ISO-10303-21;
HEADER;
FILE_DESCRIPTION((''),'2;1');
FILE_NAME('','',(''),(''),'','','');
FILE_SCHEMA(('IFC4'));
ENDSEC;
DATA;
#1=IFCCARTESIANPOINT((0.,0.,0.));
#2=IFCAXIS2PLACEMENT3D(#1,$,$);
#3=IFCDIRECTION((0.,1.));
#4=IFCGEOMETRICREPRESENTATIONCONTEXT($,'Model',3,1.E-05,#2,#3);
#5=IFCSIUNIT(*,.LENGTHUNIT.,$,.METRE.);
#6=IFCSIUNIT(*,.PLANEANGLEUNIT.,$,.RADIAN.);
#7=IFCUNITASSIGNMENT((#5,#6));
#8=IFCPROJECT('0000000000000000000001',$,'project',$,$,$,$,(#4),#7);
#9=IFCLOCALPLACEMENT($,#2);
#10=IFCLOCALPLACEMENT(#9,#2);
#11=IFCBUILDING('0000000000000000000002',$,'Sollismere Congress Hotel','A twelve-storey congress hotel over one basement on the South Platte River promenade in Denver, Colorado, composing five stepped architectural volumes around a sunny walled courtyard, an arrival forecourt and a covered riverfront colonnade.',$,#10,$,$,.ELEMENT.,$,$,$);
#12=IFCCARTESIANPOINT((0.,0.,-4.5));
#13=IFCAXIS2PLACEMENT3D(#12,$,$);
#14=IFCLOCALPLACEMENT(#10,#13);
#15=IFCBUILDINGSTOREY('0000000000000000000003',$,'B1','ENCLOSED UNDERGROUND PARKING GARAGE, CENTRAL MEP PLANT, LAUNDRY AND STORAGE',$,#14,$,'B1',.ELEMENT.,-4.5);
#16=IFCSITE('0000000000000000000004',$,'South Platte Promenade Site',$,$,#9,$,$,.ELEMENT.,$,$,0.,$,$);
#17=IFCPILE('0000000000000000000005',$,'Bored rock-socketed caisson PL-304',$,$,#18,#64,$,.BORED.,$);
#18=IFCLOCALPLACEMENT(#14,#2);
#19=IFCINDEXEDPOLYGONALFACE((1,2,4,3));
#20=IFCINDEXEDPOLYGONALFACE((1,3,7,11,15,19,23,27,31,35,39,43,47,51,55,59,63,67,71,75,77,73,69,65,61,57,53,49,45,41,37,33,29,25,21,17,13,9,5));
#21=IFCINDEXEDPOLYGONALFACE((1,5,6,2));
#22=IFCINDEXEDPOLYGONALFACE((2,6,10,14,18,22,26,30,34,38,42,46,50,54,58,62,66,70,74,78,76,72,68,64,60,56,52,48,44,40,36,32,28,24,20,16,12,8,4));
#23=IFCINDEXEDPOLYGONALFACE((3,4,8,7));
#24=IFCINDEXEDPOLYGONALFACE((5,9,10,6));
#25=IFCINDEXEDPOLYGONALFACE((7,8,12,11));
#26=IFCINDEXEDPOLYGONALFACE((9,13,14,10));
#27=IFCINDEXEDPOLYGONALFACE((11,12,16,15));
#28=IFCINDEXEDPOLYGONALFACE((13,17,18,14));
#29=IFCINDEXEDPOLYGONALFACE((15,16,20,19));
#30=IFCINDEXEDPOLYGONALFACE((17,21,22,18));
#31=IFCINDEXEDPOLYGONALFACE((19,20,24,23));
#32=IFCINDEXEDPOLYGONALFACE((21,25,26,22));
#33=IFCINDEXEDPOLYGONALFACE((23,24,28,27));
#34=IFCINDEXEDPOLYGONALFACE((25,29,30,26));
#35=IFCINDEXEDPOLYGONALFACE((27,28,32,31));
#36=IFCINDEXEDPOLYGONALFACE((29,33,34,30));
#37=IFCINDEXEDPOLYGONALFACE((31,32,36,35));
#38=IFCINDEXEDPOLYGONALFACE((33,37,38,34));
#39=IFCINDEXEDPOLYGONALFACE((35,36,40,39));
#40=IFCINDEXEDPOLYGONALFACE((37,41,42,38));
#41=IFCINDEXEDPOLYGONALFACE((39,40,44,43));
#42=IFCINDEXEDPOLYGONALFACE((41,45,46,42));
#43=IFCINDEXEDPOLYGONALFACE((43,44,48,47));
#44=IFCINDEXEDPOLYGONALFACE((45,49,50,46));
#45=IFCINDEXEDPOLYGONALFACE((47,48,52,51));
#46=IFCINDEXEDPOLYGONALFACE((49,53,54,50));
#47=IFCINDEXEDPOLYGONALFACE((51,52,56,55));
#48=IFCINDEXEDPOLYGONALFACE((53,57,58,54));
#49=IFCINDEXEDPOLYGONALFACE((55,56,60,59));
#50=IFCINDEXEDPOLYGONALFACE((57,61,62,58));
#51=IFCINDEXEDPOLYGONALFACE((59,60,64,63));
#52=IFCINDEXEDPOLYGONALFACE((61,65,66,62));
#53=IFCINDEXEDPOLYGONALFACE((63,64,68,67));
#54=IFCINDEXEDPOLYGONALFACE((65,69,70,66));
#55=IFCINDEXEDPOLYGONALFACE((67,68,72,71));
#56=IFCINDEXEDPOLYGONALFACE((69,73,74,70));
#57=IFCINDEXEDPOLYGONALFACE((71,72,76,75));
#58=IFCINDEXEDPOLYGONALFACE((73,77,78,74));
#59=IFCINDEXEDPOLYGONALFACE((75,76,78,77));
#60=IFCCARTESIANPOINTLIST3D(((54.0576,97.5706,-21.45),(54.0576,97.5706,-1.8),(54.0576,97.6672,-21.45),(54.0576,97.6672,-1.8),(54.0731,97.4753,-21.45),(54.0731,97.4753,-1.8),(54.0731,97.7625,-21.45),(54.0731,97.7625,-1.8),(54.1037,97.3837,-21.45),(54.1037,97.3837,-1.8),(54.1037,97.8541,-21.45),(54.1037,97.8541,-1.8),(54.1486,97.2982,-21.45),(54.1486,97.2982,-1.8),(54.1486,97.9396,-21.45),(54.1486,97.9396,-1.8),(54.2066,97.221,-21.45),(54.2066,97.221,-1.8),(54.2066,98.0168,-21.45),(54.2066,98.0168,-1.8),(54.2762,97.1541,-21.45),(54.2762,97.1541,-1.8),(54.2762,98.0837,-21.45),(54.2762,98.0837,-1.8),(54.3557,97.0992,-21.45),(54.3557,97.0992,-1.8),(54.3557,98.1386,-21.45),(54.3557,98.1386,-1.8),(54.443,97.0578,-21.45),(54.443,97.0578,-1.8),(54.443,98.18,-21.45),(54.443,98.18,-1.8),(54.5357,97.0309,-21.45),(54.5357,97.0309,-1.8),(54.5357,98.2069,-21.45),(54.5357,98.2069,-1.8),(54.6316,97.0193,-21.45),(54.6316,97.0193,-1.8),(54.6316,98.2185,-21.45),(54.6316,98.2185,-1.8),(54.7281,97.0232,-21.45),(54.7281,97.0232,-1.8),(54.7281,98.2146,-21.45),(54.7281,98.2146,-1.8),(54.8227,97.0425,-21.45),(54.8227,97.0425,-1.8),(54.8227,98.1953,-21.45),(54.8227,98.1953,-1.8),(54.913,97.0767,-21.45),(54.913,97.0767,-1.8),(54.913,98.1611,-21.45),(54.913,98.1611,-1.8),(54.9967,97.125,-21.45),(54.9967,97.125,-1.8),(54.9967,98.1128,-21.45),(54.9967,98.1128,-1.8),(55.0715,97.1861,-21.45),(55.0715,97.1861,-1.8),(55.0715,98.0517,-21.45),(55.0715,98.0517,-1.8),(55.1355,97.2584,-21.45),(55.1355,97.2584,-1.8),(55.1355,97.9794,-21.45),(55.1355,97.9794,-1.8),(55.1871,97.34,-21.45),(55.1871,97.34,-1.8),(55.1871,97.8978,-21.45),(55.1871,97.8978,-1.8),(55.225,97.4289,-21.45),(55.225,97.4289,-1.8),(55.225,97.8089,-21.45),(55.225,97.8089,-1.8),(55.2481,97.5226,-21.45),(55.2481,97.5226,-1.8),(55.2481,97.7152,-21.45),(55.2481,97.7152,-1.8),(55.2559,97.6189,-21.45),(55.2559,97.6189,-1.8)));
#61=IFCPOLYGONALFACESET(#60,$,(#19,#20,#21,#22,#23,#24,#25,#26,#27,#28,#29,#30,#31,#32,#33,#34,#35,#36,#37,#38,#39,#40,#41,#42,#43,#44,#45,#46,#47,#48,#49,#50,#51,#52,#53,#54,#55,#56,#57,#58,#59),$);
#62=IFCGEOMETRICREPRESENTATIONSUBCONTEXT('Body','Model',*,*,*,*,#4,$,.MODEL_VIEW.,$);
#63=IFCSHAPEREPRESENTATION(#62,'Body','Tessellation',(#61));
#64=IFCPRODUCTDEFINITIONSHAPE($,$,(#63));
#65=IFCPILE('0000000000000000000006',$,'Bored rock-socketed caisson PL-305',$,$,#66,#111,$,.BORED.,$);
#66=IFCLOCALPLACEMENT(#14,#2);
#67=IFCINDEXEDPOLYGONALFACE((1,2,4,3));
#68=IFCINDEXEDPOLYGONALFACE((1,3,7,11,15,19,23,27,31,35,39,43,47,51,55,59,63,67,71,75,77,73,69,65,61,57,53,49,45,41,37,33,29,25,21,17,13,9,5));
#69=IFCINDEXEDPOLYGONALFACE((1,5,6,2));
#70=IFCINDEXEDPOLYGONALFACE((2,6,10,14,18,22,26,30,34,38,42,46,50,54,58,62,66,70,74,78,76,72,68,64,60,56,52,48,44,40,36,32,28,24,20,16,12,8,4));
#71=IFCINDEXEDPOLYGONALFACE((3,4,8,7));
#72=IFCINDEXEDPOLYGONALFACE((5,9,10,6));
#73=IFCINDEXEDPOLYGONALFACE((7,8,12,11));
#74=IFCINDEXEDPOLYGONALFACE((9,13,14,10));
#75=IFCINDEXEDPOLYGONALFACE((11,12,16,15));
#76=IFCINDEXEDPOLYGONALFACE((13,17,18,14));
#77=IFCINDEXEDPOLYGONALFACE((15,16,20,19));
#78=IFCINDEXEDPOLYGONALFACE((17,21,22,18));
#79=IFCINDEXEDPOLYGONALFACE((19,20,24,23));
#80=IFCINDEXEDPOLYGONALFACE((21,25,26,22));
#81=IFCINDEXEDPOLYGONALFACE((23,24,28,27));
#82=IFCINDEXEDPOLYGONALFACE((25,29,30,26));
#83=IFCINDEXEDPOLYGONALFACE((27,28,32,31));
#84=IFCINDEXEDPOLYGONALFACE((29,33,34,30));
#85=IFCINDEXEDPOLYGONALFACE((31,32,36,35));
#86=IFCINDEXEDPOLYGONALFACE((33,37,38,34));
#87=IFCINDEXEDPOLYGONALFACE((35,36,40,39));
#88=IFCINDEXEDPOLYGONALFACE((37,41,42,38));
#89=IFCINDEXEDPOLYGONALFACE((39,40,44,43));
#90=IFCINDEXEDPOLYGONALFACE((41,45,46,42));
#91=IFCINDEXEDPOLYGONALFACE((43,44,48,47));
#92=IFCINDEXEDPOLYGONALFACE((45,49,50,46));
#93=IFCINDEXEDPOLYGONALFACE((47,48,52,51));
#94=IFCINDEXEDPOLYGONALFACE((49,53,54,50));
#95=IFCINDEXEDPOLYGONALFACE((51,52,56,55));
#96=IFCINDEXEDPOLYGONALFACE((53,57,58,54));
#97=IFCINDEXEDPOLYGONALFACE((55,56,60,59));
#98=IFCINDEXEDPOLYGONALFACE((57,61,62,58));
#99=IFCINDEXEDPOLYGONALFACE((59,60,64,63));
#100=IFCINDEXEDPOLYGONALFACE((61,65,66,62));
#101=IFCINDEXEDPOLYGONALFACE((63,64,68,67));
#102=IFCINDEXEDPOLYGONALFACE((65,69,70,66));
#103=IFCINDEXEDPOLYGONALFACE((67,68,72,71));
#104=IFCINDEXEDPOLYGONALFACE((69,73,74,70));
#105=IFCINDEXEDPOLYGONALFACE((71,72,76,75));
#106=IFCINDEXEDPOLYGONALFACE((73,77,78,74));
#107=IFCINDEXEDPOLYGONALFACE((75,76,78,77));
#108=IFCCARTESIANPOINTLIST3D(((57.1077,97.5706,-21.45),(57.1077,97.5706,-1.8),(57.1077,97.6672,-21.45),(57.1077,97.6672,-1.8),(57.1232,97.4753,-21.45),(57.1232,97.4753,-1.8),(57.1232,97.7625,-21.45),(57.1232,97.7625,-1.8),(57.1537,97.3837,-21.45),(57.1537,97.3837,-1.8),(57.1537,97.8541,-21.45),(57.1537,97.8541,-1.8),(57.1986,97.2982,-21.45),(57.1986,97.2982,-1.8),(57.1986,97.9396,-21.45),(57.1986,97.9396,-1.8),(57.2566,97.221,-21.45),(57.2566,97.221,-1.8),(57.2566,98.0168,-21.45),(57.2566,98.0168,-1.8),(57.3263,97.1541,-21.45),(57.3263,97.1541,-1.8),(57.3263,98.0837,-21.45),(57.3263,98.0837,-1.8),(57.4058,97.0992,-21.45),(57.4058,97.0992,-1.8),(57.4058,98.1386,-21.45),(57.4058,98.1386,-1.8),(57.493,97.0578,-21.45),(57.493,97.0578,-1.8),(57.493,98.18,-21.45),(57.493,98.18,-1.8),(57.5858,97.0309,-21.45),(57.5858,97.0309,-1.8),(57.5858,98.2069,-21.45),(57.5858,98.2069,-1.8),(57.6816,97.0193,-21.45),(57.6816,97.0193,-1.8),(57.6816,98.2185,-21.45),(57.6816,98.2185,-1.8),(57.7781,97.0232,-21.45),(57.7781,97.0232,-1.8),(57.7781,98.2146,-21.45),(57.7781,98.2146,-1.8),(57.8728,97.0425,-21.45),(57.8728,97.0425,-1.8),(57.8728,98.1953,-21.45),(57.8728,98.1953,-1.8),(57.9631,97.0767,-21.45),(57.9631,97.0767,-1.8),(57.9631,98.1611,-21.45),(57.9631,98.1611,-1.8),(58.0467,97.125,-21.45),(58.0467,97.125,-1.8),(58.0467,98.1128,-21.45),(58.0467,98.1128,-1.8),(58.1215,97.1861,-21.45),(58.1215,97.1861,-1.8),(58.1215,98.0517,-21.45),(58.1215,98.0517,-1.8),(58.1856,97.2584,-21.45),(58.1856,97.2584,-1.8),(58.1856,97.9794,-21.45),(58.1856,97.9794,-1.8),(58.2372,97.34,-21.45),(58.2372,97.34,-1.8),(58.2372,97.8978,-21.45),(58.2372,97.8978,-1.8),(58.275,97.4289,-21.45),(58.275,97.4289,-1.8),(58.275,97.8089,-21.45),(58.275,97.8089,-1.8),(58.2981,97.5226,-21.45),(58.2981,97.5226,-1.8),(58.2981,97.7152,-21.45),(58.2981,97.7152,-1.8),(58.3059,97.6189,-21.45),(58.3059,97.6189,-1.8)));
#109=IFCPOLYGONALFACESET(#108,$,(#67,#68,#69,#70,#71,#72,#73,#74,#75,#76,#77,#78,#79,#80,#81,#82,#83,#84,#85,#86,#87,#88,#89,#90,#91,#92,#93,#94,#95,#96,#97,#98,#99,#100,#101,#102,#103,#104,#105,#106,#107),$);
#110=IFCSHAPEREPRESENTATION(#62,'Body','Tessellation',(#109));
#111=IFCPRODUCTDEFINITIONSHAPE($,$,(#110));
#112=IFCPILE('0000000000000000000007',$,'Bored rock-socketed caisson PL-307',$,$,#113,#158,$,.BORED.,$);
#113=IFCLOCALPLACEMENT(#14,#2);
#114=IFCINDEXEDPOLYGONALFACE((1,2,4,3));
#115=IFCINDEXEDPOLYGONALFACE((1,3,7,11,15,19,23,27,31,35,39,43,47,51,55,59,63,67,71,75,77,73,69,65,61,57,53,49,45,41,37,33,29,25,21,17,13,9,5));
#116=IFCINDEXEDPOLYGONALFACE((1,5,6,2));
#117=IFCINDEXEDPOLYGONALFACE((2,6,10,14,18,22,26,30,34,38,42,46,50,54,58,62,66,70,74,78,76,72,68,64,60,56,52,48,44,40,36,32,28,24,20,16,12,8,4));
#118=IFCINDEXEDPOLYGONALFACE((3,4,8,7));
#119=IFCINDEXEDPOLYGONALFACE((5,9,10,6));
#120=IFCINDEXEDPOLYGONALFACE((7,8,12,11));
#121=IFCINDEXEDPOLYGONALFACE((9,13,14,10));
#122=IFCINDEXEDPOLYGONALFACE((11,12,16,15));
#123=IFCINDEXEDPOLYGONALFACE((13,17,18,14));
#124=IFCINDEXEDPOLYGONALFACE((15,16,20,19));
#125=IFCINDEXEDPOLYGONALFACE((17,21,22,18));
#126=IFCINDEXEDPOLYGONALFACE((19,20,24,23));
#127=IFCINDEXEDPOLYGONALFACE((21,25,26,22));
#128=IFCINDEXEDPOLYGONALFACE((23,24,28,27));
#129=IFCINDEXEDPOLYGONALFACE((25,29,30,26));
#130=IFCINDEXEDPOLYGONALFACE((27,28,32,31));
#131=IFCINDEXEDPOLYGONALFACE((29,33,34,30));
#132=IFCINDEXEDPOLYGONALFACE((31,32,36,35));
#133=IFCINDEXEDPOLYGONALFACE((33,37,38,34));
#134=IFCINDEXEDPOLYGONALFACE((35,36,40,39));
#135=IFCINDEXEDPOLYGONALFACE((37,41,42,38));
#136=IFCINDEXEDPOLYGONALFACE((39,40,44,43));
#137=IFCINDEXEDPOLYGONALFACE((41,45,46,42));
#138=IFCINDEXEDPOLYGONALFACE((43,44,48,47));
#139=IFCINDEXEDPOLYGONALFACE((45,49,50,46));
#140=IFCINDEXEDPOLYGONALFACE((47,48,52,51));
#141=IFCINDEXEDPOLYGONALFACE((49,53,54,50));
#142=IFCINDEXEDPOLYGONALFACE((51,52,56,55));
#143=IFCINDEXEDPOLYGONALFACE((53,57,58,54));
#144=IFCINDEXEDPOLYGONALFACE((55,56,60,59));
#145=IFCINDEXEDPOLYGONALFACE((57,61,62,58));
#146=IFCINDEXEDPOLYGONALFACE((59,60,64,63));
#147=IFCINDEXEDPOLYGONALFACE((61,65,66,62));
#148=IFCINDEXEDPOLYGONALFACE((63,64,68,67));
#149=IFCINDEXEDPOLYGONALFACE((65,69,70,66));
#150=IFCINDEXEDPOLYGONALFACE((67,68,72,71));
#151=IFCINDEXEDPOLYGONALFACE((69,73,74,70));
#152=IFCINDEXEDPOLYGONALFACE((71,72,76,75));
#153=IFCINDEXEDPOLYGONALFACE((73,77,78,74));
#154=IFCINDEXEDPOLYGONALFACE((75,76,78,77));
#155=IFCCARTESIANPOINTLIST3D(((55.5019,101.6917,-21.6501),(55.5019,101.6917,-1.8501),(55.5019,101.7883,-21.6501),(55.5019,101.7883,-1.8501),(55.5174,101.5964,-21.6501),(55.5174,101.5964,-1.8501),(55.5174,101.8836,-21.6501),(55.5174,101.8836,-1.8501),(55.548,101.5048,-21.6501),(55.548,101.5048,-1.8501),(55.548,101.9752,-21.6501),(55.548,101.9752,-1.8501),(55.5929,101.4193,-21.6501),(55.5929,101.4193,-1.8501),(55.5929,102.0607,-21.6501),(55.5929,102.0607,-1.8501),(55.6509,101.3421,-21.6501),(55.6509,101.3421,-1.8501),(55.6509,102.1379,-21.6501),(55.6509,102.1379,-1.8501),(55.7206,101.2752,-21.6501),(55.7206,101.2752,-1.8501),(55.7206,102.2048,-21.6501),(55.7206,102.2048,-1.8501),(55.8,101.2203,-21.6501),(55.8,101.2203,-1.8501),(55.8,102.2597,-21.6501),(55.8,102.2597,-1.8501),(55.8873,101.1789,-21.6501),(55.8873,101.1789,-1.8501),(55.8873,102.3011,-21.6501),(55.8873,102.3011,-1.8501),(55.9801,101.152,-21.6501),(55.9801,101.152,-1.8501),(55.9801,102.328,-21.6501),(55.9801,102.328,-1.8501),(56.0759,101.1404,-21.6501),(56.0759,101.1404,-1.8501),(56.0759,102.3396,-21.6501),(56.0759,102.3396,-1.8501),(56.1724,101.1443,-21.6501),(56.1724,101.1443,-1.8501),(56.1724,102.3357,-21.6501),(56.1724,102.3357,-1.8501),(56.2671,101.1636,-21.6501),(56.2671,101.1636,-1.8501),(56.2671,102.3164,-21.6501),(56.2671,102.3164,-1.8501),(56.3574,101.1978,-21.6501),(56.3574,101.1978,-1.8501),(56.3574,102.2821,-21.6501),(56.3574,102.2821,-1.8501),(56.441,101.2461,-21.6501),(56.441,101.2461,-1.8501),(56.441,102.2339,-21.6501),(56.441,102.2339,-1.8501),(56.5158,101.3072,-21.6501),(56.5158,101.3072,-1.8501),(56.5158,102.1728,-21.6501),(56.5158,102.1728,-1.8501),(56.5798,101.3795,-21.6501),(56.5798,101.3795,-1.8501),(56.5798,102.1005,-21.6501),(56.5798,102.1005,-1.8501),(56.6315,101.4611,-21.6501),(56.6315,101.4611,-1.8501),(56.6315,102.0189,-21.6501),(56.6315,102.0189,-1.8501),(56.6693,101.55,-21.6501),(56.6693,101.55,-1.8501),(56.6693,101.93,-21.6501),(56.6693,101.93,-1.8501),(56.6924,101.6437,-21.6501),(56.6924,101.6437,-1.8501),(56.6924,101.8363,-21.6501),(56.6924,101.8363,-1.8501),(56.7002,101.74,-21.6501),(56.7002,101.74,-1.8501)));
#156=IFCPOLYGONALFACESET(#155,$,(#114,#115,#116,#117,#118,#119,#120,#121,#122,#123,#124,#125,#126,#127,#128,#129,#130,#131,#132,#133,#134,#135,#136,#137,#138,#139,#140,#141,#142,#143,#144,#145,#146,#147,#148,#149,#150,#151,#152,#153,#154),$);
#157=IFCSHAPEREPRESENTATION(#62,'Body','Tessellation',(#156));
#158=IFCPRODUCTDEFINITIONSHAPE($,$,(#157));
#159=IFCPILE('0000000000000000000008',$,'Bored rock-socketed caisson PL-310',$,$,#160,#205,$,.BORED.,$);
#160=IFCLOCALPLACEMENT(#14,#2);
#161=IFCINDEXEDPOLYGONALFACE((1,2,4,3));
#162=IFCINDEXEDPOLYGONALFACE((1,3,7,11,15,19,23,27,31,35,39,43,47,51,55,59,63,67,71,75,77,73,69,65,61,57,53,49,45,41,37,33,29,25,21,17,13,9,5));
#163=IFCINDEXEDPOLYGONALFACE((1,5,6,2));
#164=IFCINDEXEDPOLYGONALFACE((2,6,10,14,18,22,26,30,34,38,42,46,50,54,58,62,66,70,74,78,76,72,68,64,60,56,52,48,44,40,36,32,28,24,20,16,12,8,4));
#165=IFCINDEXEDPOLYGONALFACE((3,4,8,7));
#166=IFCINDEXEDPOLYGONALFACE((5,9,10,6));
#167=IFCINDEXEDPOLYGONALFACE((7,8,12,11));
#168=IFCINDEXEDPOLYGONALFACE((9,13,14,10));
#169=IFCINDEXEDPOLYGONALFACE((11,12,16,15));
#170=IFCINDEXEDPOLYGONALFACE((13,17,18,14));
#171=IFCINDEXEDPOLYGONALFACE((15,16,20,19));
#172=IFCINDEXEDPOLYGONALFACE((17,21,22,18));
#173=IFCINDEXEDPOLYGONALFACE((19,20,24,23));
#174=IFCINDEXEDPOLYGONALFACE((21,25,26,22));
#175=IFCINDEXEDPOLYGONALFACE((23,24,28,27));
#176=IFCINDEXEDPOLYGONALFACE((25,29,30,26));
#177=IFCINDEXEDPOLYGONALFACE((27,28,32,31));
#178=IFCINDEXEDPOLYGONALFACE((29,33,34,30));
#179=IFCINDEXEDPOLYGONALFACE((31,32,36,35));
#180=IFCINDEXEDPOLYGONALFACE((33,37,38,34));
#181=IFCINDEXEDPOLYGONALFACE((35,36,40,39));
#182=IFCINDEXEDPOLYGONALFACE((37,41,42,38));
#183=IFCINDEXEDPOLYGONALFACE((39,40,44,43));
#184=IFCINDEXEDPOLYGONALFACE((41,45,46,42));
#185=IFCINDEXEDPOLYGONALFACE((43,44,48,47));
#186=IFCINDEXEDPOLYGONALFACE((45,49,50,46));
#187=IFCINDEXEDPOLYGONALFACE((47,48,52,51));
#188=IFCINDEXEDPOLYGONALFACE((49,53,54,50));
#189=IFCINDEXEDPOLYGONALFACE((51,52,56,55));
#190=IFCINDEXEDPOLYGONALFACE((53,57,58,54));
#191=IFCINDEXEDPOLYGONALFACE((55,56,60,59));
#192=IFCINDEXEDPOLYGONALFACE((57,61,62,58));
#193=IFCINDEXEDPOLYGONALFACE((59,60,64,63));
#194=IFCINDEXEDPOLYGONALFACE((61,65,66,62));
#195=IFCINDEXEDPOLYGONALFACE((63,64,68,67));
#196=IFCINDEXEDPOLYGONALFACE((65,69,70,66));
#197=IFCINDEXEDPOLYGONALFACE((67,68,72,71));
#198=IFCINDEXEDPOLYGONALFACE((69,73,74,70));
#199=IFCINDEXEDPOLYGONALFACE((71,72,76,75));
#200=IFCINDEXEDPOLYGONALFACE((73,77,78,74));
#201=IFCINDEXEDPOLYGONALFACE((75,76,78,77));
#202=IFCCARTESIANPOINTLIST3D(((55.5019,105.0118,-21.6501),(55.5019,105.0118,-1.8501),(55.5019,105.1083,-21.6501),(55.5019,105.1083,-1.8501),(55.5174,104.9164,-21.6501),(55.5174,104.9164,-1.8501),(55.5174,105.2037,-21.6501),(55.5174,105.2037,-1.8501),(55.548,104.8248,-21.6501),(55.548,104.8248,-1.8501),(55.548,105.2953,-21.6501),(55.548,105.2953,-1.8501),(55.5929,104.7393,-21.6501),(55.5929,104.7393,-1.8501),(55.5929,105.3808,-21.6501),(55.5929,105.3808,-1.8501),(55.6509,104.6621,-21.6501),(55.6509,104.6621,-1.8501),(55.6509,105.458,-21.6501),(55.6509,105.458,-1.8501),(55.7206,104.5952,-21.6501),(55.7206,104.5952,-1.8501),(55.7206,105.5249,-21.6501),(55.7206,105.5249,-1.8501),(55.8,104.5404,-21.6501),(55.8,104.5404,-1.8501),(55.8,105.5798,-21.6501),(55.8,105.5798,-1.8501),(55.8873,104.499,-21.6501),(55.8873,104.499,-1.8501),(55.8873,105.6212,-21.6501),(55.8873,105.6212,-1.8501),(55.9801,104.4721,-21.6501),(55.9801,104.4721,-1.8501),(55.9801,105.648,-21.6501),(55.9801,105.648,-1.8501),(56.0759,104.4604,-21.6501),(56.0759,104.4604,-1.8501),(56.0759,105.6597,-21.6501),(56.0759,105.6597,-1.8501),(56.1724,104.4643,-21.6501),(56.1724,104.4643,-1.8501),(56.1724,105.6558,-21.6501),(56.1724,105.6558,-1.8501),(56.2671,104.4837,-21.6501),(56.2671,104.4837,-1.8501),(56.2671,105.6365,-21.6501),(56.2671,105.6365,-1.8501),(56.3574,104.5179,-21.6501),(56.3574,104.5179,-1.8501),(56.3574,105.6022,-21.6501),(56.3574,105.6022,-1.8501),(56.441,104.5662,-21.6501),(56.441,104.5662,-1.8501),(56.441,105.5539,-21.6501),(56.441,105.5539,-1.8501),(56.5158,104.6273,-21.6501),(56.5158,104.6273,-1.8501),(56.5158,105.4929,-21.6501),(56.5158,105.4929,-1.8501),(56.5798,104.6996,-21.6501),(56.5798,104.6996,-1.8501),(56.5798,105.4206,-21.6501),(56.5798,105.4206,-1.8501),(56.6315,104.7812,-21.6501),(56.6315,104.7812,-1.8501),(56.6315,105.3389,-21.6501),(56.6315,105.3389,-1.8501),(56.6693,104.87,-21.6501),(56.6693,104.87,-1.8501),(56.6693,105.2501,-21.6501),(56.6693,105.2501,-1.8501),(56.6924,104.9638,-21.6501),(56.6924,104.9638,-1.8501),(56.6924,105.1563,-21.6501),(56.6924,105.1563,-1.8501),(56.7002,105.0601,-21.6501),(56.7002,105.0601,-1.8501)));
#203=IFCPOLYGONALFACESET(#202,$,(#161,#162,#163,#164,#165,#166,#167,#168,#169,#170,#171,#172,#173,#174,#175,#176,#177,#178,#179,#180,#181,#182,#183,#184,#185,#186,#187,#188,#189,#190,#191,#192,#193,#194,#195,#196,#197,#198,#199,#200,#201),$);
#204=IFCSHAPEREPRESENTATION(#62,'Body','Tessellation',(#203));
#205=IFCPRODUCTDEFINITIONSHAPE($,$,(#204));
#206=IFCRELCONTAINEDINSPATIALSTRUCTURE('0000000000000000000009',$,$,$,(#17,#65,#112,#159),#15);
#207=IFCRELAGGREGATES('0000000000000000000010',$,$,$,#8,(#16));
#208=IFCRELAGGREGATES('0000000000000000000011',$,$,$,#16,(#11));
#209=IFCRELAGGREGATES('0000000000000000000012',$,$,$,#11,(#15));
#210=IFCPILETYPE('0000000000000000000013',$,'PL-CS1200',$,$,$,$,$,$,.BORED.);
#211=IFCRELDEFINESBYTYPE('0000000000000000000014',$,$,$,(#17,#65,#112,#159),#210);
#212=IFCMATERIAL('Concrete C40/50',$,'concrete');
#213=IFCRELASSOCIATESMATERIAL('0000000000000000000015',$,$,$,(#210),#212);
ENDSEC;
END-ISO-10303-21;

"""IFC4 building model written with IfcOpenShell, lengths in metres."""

from ifc_helpers import new_model, si_unit, direction, frame, origin, origin_2d, place, context, subcontext, project, spatial, circle, extrude, material, material_profile, profile_set, type_object, element, save


model = new_model("IFC4")

# Units and contexts
model_context = context("Model", 3, precision=1e-05, world=origin(), true_north=direction((0.0, 1.0)))
body_context = subcontext(model_context, "Body", "Model", "MODEL_VIEW")
ifc_project = project(units=[si_unit("LENGTHUNIT", "METRE"), si_unit("PLANEANGLEUNIT", "RADIAN")], contexts=[model_context])

# Site, building, storey
site_placement = place(None, origin())
site = spatial("IfcSite", under=ifc_project, at=site_placement, Name="South Platte Promenade Site", CompositionType="ELEMENT", RefElevation=0.0)
building_placement = place(site_placement, origin())
building = spatial("IfcBuilding", under=site, at=building_placement, Name="Sollismere Congress Hotel", Description="A twelve-storey congress hotel over one basement on the South Platte River promenade in Denver, Colorado, composing five stepped architectural volumes around a sunny walled courtyard, an arrival forecourt and a covered riverfront colonnade.", CompositionType="ELEMENT")
storey_placement = place(building_placement, frame((0.0, 0.0, -4.5)))
storey = spatial("IfcBuildingStorey", under=building, at=storey_placement, Name="B1", Description="ENCLOSED UNDERGROUND PARKING GARAGE, CENTRAL MEP PLANT, LAUNDRY AND STORAGE", LongName="B1", CompositionType="ELEMENT", Elevation=-4.5)

# Shared definitions
ifc_material_1 = material(Name="Concrete C40/50", Category="concrete")

# Piles
ifc_material_profile_1 = material_profile(ifc_material_1, circle(Radius=0.6001, at=origin_2d()), Name="CAISSON1200")
ifc_profile_set_1 = profile_set([ifc_material_profile_1], Name="Concrete C40/50")
pile_type = type_object("IfcPileType", Name="PL-CS1200", PredefinedType="BORED", material=ifc_profile_set_1)
for number, where, z_axis, x_axis, name in (
    (1, (54.6558, 97.6189, -1.8), (0.0, 0.0, -1.0), (1.0, 0.0, 0.0), "Bored rock-socketed caisson PL-304"),
    (2, (57.7058, 97.6189, -1.8), (0.0, 0.0, -1.0), (1.0, 0.0, 0.0), "Bored rock-socketed caisson PL-305"),
):
    element("IfcPile", number, at=place(storey_placement, frame(where, z_axis=z_axis, x_axis=x_axis)), inside=storey, type_object=pile_type, Name=name, PredefinedType="BORED", context=body_context, shape_type="SweptSolid", body=[
        extrude(circle(Radius=0.6001, at=origin_2d()), origin(), (0.0, 0.0, 1.0), 19.6499),
    ])
for number, where, z_axis, x_axis, name in (
    (3, (56.1001, 101.74, -1.8501), (0.0, 0.0, -1.0), (1.0, 0.0, 0.0), "Bored rock-socketed caisson PL-307"),
    (4, (56.1001, 105.0601, -1.8501), (0.0, 0.0, -1.0), (1.0, 0.0, 0.0), "Bored rock-socketed caisson PL-310"),
):
    element("IfcPile", number, at=place(storey_placement, frame(where, z_axis=z_axis, x_axis=x_axis)), inside=storey, type_object=pile_type, Name=name, PredefinedType="BORED", context=body_context, shape_type="SweptSolid", body=[
        extrude(circle(Radius=0.6001, at=origin_2d()), origin(), (0.0, 0.0, 1.0), 19.8),
    ])

save(model, "model.ifc")
